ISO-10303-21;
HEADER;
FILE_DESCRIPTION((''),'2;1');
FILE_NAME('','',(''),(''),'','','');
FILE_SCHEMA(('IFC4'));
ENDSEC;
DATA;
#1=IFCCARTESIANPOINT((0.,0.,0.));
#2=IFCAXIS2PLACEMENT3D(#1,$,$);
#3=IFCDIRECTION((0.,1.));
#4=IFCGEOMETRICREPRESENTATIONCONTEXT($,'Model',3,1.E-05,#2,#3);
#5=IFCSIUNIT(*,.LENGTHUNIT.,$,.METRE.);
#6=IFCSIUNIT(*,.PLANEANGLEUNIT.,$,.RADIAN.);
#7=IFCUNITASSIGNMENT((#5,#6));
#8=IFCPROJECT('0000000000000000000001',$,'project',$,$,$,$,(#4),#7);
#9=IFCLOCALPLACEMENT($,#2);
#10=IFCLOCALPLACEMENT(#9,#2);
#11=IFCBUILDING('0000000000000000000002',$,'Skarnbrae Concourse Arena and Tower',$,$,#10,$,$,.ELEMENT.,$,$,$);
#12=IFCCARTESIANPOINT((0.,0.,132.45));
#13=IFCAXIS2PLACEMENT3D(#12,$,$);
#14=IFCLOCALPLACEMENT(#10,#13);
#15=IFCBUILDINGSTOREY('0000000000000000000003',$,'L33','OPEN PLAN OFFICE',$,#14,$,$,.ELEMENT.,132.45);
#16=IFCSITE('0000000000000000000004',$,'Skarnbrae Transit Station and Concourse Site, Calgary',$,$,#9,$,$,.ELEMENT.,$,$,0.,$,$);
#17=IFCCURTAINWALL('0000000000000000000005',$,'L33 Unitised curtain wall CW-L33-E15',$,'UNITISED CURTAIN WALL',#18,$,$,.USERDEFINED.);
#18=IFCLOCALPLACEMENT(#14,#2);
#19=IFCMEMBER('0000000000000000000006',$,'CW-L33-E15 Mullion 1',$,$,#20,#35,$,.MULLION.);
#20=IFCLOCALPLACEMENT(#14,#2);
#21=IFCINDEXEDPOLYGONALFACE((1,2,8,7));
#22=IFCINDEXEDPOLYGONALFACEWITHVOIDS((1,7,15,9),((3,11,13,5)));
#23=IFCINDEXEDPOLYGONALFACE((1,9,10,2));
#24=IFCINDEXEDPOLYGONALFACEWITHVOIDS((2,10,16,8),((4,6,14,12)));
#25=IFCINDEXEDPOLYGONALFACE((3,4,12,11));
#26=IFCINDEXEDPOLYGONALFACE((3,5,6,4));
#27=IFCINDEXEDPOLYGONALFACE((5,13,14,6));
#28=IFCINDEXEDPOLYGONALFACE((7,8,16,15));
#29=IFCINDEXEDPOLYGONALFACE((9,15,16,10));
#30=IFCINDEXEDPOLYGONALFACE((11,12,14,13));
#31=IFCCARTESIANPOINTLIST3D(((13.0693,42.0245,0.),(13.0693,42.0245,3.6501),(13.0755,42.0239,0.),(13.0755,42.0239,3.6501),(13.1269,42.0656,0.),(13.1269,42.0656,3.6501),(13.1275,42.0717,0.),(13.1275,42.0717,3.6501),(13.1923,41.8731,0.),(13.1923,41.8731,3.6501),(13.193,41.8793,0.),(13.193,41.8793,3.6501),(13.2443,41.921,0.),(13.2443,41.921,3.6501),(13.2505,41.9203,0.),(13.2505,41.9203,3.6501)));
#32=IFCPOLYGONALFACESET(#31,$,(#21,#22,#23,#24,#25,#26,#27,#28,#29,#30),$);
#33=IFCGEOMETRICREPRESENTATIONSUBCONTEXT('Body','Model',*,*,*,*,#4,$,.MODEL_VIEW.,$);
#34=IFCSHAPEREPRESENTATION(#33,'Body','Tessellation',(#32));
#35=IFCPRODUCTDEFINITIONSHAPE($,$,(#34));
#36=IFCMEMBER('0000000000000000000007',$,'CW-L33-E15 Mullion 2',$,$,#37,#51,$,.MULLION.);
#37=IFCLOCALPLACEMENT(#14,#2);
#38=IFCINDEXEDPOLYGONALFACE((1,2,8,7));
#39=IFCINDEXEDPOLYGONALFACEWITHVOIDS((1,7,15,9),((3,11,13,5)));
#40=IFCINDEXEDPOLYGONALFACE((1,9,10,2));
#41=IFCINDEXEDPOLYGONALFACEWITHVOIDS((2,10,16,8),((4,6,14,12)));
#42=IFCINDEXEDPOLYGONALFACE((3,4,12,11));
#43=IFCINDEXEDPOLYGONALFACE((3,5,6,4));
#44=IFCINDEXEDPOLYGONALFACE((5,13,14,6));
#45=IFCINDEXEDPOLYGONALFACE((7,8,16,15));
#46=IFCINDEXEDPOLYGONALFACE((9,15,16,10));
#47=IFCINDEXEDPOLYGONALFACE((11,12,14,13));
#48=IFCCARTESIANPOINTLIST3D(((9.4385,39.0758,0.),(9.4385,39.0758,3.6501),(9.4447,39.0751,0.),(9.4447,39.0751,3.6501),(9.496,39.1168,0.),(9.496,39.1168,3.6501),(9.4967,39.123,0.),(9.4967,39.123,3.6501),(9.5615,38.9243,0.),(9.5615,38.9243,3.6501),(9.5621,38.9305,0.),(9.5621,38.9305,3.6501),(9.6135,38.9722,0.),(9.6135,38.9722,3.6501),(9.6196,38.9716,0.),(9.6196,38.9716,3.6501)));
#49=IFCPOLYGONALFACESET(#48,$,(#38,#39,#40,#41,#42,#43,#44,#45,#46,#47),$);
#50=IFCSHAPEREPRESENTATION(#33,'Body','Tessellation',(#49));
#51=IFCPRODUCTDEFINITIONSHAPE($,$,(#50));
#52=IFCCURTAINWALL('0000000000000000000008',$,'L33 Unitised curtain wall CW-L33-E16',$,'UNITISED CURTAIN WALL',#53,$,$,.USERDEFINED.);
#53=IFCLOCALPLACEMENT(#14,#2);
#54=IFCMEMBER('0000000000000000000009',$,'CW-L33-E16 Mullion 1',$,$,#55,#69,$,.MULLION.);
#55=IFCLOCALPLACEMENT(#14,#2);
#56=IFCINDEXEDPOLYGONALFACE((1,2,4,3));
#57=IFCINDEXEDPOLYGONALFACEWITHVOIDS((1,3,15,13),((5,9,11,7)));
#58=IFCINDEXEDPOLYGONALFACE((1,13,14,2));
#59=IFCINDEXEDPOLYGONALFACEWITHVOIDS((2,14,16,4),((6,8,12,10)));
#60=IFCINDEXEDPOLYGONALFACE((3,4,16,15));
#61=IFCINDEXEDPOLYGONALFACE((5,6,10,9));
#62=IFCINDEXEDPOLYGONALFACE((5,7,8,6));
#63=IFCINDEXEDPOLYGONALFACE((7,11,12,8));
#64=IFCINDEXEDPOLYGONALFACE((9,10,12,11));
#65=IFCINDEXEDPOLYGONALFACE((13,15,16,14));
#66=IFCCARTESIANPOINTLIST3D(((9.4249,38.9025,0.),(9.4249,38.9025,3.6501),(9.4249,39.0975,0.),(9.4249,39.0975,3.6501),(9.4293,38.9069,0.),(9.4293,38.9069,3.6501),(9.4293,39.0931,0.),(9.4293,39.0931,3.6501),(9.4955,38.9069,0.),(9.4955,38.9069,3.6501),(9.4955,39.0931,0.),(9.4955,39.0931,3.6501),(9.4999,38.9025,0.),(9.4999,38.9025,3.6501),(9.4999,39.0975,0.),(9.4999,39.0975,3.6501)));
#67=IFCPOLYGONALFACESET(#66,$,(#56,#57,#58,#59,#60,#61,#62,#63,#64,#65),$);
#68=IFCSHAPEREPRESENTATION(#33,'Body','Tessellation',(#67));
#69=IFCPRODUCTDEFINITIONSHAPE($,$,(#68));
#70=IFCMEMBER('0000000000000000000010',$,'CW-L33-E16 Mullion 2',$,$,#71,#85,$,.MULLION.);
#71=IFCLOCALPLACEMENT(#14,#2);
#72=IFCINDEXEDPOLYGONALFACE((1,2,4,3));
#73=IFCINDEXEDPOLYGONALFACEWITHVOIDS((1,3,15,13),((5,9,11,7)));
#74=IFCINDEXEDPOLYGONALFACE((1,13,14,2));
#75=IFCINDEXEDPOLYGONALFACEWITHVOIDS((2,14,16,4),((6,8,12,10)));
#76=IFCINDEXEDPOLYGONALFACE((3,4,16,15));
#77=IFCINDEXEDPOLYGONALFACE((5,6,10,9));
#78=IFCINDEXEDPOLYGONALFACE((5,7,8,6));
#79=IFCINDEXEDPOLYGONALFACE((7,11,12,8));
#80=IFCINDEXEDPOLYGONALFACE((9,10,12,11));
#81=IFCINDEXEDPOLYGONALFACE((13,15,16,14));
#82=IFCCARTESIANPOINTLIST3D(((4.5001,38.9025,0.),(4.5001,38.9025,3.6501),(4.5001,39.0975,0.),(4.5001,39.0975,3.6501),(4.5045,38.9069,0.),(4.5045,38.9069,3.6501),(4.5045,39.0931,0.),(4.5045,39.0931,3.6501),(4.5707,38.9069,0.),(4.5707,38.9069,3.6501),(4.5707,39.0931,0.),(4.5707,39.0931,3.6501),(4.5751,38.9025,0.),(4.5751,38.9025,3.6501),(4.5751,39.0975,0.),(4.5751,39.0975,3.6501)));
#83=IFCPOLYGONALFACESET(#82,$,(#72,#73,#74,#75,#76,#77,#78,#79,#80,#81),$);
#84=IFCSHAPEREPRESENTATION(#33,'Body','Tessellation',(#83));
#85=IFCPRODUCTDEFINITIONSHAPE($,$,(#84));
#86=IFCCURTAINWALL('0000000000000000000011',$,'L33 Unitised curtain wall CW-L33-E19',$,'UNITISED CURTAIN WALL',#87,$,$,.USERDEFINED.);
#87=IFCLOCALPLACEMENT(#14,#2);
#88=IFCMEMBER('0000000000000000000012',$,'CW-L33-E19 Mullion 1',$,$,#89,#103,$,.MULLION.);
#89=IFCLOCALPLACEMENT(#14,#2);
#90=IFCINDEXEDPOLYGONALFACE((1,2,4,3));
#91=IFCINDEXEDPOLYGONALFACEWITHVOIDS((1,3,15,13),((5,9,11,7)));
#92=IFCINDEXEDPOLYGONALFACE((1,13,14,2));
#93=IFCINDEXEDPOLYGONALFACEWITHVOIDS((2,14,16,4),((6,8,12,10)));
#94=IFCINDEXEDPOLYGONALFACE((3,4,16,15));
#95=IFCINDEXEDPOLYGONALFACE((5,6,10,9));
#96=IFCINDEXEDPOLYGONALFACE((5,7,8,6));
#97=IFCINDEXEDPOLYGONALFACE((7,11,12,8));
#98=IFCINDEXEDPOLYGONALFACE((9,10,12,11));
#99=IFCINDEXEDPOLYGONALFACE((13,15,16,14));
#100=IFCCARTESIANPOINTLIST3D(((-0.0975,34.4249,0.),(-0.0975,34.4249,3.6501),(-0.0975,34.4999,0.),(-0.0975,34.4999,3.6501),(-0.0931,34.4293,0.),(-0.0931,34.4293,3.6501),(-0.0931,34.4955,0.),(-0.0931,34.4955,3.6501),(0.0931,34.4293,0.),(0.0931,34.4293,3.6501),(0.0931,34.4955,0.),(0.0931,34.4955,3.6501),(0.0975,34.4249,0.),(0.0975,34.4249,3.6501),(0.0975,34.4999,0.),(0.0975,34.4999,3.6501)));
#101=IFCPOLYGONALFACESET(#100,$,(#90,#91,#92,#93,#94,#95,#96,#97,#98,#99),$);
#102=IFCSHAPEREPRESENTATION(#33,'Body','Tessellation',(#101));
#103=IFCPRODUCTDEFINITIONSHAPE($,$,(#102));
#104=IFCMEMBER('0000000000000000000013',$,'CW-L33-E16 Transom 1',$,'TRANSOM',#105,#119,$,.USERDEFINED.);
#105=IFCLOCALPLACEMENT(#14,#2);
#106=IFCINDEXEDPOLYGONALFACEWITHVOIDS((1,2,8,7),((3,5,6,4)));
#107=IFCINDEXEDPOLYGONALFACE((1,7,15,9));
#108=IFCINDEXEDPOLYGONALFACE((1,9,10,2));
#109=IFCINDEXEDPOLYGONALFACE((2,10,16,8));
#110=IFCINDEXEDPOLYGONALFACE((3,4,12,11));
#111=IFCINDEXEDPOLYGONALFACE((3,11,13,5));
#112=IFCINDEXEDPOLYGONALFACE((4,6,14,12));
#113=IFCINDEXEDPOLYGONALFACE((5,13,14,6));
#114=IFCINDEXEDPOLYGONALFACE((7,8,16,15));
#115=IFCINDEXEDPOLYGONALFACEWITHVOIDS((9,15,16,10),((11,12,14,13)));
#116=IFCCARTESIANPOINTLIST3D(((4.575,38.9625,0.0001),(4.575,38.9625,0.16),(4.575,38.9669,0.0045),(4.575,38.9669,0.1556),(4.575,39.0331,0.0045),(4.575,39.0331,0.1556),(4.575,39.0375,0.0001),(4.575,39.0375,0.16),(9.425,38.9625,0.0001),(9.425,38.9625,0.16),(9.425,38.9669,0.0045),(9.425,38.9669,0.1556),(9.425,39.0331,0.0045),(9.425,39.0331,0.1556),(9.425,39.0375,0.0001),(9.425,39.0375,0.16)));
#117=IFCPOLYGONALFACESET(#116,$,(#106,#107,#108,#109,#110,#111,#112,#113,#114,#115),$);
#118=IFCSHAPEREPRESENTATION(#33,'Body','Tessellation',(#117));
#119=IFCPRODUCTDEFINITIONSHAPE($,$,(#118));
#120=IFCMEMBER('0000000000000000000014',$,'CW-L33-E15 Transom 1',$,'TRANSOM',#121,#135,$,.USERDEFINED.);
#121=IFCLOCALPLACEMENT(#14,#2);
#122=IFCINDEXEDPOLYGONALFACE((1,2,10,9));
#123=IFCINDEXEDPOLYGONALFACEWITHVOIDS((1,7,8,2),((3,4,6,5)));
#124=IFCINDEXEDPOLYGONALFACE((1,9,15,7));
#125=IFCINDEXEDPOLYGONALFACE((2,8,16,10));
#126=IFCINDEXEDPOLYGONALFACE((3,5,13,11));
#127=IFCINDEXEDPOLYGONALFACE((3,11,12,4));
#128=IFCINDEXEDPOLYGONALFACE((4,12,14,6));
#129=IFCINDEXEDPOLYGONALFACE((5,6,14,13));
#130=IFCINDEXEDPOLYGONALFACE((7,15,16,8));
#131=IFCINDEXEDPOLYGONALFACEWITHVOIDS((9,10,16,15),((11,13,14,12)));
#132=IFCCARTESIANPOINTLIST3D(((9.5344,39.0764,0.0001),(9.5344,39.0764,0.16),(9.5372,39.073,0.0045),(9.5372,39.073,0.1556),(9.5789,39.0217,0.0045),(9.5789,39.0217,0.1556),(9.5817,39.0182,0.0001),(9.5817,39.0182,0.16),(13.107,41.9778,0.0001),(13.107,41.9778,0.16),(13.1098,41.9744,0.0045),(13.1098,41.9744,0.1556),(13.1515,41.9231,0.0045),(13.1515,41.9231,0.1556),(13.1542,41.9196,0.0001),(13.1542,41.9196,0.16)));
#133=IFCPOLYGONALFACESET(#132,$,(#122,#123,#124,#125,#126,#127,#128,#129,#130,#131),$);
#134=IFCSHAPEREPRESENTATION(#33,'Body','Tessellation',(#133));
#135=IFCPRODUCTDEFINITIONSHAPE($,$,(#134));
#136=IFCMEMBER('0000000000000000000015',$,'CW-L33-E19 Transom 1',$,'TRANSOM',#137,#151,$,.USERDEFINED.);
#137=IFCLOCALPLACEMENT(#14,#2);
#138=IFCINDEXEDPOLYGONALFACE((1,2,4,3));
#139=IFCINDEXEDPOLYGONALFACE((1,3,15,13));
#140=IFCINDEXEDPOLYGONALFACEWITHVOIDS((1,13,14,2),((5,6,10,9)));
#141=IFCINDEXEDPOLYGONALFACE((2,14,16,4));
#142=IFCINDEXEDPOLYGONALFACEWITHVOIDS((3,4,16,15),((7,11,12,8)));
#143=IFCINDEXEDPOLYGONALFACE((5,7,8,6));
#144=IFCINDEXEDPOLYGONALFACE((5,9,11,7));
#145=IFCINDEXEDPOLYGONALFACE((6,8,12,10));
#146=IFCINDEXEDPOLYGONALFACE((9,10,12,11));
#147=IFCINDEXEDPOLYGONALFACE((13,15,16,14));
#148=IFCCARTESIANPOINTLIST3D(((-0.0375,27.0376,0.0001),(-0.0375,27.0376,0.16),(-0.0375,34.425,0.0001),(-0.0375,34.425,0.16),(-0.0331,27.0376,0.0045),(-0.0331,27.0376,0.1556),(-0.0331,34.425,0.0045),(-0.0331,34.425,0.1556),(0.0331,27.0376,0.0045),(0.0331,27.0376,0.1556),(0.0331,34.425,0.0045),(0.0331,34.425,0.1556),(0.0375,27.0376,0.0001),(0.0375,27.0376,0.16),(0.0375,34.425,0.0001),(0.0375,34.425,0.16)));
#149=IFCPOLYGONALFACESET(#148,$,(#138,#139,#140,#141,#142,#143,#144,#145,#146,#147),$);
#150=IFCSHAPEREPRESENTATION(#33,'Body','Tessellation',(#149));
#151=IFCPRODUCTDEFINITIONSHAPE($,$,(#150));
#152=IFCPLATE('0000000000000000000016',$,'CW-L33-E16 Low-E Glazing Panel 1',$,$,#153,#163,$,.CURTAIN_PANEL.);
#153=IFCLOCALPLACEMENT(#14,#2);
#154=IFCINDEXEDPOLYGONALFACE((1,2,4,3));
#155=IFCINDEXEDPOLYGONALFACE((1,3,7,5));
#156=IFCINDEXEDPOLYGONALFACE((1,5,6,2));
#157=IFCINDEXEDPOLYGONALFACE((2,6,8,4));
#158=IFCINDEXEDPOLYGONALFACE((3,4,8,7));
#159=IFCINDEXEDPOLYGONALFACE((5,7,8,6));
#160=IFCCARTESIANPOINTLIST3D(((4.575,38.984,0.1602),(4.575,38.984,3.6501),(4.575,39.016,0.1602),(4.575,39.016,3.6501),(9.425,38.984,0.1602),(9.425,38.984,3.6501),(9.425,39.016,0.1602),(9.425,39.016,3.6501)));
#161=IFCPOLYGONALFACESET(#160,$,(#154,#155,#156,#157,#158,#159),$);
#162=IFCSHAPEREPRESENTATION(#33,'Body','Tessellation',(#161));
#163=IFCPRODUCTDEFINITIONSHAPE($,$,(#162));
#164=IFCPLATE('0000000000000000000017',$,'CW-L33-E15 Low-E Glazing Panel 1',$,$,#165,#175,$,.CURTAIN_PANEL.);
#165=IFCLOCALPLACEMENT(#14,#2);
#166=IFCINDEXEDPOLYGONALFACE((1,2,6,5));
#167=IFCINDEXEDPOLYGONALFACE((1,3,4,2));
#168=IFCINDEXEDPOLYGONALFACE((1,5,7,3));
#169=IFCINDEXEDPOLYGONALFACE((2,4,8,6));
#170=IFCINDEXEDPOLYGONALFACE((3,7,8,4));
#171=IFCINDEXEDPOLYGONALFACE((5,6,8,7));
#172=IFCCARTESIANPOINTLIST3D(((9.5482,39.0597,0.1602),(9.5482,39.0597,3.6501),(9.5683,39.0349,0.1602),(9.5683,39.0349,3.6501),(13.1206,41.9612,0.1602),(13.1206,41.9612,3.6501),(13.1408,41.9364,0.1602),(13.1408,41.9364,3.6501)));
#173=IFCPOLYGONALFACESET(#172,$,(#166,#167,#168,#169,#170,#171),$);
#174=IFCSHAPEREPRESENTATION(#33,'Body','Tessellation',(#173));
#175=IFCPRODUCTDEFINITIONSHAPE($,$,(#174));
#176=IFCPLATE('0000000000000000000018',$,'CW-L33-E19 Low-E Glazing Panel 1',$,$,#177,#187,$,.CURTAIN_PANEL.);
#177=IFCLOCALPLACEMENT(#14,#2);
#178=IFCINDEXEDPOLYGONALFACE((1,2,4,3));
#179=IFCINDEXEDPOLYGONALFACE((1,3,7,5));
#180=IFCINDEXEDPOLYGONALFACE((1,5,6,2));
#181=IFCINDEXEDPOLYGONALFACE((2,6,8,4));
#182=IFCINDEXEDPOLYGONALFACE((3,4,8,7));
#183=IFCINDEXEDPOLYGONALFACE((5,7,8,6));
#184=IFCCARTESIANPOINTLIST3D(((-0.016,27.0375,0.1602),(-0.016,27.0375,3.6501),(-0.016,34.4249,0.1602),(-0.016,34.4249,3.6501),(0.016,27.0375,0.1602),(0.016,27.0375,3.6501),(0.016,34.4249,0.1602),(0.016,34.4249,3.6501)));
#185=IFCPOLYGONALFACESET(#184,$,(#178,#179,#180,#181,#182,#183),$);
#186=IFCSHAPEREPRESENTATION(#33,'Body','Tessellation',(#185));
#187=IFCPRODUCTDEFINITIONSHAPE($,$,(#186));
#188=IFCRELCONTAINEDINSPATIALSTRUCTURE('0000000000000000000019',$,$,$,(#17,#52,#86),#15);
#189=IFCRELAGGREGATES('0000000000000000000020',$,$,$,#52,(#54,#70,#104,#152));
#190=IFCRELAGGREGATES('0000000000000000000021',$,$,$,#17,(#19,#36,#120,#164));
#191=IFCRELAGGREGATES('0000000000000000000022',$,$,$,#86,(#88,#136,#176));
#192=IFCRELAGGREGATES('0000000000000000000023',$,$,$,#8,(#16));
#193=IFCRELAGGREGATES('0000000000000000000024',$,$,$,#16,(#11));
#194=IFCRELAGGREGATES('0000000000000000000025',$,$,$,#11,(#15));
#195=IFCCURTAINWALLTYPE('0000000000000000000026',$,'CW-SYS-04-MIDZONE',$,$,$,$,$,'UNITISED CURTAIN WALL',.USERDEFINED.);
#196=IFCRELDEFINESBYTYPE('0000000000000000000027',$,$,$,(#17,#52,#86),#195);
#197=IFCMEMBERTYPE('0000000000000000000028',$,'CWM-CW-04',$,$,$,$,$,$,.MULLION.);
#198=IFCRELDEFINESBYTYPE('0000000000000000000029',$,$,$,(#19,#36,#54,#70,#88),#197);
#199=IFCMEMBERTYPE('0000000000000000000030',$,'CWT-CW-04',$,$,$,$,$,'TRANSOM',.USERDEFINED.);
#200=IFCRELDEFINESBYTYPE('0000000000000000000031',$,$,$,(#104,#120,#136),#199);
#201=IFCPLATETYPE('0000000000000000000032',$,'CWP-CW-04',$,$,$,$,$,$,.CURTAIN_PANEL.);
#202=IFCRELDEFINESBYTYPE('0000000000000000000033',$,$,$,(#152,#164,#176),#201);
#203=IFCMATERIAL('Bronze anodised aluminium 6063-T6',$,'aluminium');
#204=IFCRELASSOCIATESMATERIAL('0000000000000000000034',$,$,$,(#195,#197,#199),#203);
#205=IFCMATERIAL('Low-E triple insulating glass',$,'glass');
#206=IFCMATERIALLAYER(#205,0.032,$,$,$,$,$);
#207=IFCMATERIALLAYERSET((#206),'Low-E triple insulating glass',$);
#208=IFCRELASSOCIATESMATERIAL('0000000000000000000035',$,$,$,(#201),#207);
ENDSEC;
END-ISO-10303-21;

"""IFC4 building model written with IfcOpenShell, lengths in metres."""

from ifc_helpers import new_model, si_unit, direction, frame, origin, origin_2d, place, context, subcontext, project, spatial, rectangle, hollow_rectangle, extrude, source, transform, mapped, material, layer, layer_set, material_profile, profile_set, type_object, element, aggregate, save


model = new_model("IFC4")

# Units and contexts
model_context = context("Model", 3, precision=1e-05, world=origin(), true_north=direction((0.0, 1.0)))
body_context = subcontext(model_context, "Body", "Model", "MODEL_VIEW")
ifc_project = project(units=[si_unit("LENGTHUNIT", "METRE"), si_unit("PLANEANGLEUNIT", "RADIAN")], contexts=[model_context])

# Site, building, storey
site_placement = place(None, origin())
site = spatial("IfcSite", under=ifc_project, at=site_placement, Name="Skarnbrae Transit Station and Concourse Site, Calgary", CompositionType="ELEMENT", RefElevation=0.0)
building_placement = place(site_placement, origin())
building = spatial("IfcBuilding", under=site, at=building_placement, Name="Skarnbrae Concourse Arena and Tower", CompositionType="ELEMENT")
storey_placement = place(building_placement, frame((0.0, 0.0, 132.45)))
storey = spatial("IfcBuildingStorey", under=building, at=storey_placement, Name="L33", Description="OPEN PLAN OFFICE", CompositionType="ELEMENT", Elevation=132.45)

# Shared definitions
ifc_material_1 = material(Name="Bronze anodised aluminium 6063-T6", Category="aluminium")
curtain_wall_type = type_object("IfcCurtainWallType", Name="CW-SYS-04-MIDZONE", ElementType="UNITISED CURTAIN WALL", PredefinedType="USERDEFINED", material=ifc_material_1)
ifc_material_profile_1 = material_profile(ifc_material_1, hollow_rectangle(XDim=0.075, YDim=0.1951, WallThickness=0.0044, at=origin_2d()), Name="ALU-MULL-75X195")
ifc_profile_set_1 = profile_set([ifc_material_profile_1], Name="Bronze anodised aluminium 6063-T6")
member_type_1 = type_object("IfcMemberType", Name="CWM-CW-04", PredefinedType="MULLION", material=ifc_profile_set_1)
shared_shape_1 = source(origin(), body_context, "Body", "SweptSolid", [
    extrude(hollow_rectangle(XDim=0.075, YDim=0.1951, WallThickness=0.0044, at=origin_2d()), origin(), (0.0, 0.0, 1.0), 3.6501),
])

# Curtain walls, members
curtain_wall_1_placement = place(storey_placement, origin())
curtain_wall_1 = element("IfcCurtainWall", 1, at=curtain_wall_1_placement, inside=storey, type_object=curtain_wall_type, Name="L33 Unitised curtain wall CW-L33-E15", ObjectType="UNITISED CURTAIN WALL", PredefinedType="USERDEFINED")
member_1_placement = place(storey_placement, frame((13.1599, 41.9724, 0.0), z_axis=(0.0, 0.0, 1.0), x_axis=(-0.776241, -0.630436, 0.0)))
member_1 = element("IfcMember", 2, at=member_1_placement, type_object=member_type_1, Name="CW-L33-E15 Mullion 1", PredefinedType="MULLION", context=body_context, shape_type="MappedRepresentation", body=[
    mapped(shared_shape_1, transform((0.0, 0.0, 0.0))),
])
member_2_placement = place(storey_placement, frame((9.5291, 39.0237, 0.0), z_axis=(0.0, 0.0, 1.0), x_axis=(-0.776241, -0.630436, 0.0)))
member_2 = element("IfcMember", 3, at=member_2_placement, type_object=member_type_1, Name="CW-L33-E15 Mullion 2", PredefinedType="MULLION", context=body_context, shape_type="MappedRepresentation", body=[
    mapped(shared_shape_1, transform((0.0, 0.0, 0.0))),
])
curtain_wall_2_placement = place(storey_placement, origin())
curtain_wall_2 = element("IfcCurtainWall", 4, at=curtain_wall_2_placement, inside=storey, type_object=curtain_wall_type, Name="L33 Unitised curtain wall CW-L33-E16", ObjectType="UNITISED CURTAIN WALL", PredefinedType="USERDEFINED")
member_3_placement = place(storey_placement, frame((9.4624, 39.0, 0.0), z_axis=(0.0, 0.0, 1.0), x_axis=(-1.0, 0.0, 0.0)))
member_3 = element("IfcMember", 5, at=member_3_placement, type_object=member_type_1, Name="CW-L33-E16 Mullion 1", PredefinedType="MULLION", context=body_context, shape_type="MappedRepresentation", body=[
    mapped(shared_shape_1, transform((0.0, 0.0, 0.0))),
])
member_4_placement = place(storey_placement, frame((4.5376, 39.0, 0.0), z_axis=(0.0, 0.0, 1.0), x_axis=(-1.0, 0.0, 0.0)))
member_4 = element("IfcMember", 6, at=member_4_placement, type_object=member_type_1, Name="CW-L33-E16 Mullion 2", PredefinedType="MULLION", context=body_context, shape_type="MappedRepresentation", body=[
    mapped(shared_shape_1, transform((0.0, 0.0, 0.0))),
])

# Curtain wall, member
curtain_wall_3_placement = place(storey_placement, origin())
curtain_wall_3 = element("IfcCurtainWall", 7, at=curtain_wall_3_placement, inside=storey, type_object=curtain_wall_type, Name="L33 Unitised curtain wall CW-L33-E19", ObjectType="UNITISED CURTAIN WALL", PredefinedType="USERDEFINED")
member_5_placement = place(storey_placement, frame((0.0, 34.4624, 0.0), z_axis=(0.0, 0.0, 1.0), x_axis=(0.0, -1.0, 0.0)))
member_5 = element("IfcMember", 8, at=member_5_placement, type_object=member_type_1, Name="CW-L33-E19 Mullion 1", PredefinedType="MULLION", context=body_context, shape_type="MappedRepresentation", body=[
    mapped(shared_shape_1, transform((0.0, 0.0, 0.0))),
])

# Members
ifc_material_profile_2 = material_profile(ifc_material_1, hollow_rectangle(XDim=0.075, YDim=0.1599, WallThickness=0.0044, at=origin_2d()), Name="ALU-TRAN-75X160")
ifc_profile_set_2 = profile_set([ifc_material_profile_2], Name="Bronze anodised aluminium 6063-T6")
member_type_2 = type_object("IfcMemberType", Name="CWT-CW-04", ElementType="TRANSOM", PredefinedType="USERDEFINED", material=ifc_profile_set_2)
shared_shape_2 = source(origin(), body_context, "Body", "SweptSolid", [
    extrude(hollow_rectangle(XDim=0.075, YDim=0.1599, WallThickness=0.0044, at=origin_2d()), origin(), (0.0, 0.0, 1.0), 4.8501),
])
member_6_placement = place(storey_placement, frame((9.425, 39.0, 0.0801), z_axis=(-1.0, 0.0, 0.0), x_axis=(0.0, -1.0, 0.0)))
member_6 = element("IfcMember", 9, at=member_6_placement, type_object=member_type_2, Name="CW-L33-E16 Transom 1", ObjectType="TRANSOM", PredefinedType="USERDEFINED", context=body_context, shape_type="MappedRepresentation", body=[
    mapped(shared_shape_2, transform((0.0, 0.0, 0.0))),
])
shared_shape_3 = source(origin(), body_context, "Body", "SweptSolid", [
    extrude(hollow_rectangle(XDim=0.075, YDim=0.1599, WallThickness=0.0044, at=origin_2d()), origin(), (0.0, 0.0, 1.0), 4.6023),
])
member_7_placement = place(storey_placement, frame((13.1306, 41.9487, 0.0801), z_axis=(-0.776252, -0.630423, 0.0), x_axis=(0.630423, -0.776252, 0.0)))
member_7 = element("IfcMember", 10, at=member_7_placement, type_object=member_type_2, Name="CW-L33-E15 Transom 1", ObjectType="TRANSOM", PredefinedType="USERDEFINED", context=body_context, shape_type="MappedRepresentation", body=[
    mapped(shared_shape_3, transform((0.0, 0.0, 0.0))),
])
shared_shape_4 = source(origin(), body_context, "Body", "SweptSolid", [
    extrude(hollow_rectangle(XDim=0.075, YDim=0.1599, WallThickness=0.0044, at=origin_2d()), origin(), (0.0, 0.0, 1.0), 7.3875),
])
member_8_placement = place(storey_placement, frame((0.0, 34.425, 0.0801), z_axis=(0.0, -1.0, 0.0), x_axis=(1.0, 0.0, 0.0)))
member_8 = element("IfcMember", 11, at=member_8_placement, type_object=member_type_2, Name="CW-L33-E19 Transom 1", ObjectType="TRANSOM", PredefinedType="USERDEFINED", context=body_context, shape_type="MappedRepresentation", body=[
    mapped(shared_shape_4, transform((0.0, 0.0, 0.0))),
])

# Plates
ifc_material_2 = material(Name="Low-E triple insulating glass", Category="glass")
ifc_layer_1 = layer(ifc_material_2, 0.032)
ifc_layer_set_1 = layer_set([ifc_layer_1], Name="Low-E triple insulating glass")
plate_type = type_object("IfcPlateType", Name="CWP-CW-04", PredefinedType="CURTAIN_PANEL", material=ifc_layer_set_1)
shared_shape_5 = source(origin(), body_context, "Body", "SweptSolid", [
    extrude(rectangle(XDim=4.8501, YDim=0.032, at=origin_2d()), origin(), (0.0, 0.0, 1.0), 3.49),
])
plate_1_placement = place(storey_placement, frame((7.0, 39.0, 0.1602), z_axis=(0.0, 0.0, 1.0), x_axis=(-1.0, 0.0, 0.0)))
plate_1 = element("IfcPlate", 12, at=plate_1_placement, type_object=plate_type, Name="CW-L33-E16 Low-E Glazing Panel 1", PredefinedType="CURTAIN_PANEL", context=body_context, shape_type="MappedRepresentation", body=[
    mapped(shared_shape_5, transform((0.0, 0.0, 0.0))),
])
aggregate(curtain_wall_2, [member_3, member_4, member_6, plate_1])
shared_shape_6 = source(origin(), body_context, "Body", "SweptSolid", [
    extrude(rectangle(XDim=4.6023, YDim=0.032, at=origin_2d()), origin(), (0.0, 0.0, 1.0), 3.49),
])
plate_2_placement = place(storey_placement, frame((11.3445, 40.498, 0.1602), z_axis=(0.0, 0.0, 1.0), x_axis=(-0.776241, -0.630436, 0.0)))
plate_2 = element("IfcPlate", 13, at=plate_2_placement, type_object=plate_type, Name="CW-L33-E15 Low-E Glazing Panel 1", PredefinedType="CURTAIN_PANEL", context=body_context, shape_type="MappedRepresentation", body=[
    mapped(shared_shape_6, transform((0.0, 0.0, 0.0))),
])
aggregate(curtain_wall_1, [member_1, member_2, member_7, plate_2])
shared_shape_7 = source(origin(), body_context, "Body", "SweptSolid", [
    extrude(rectangle(XDim=7.3875, YDim=0.032, at=origin_2d()), origin(), (0.0, 0.0, 1.0), 3.49),
])
plate_3_placement = place(storey_placement, frame((0.0, 30.7312, 0.1602), z_axis=(0.0, 0.0, 1.0), x_axis=(0.0, -1.0, 0.0)))
plate_3 = element("IfcPlate", 14, at=plate_3_placement, type_object=plate_type, Name="CW-L33-E19 Low-E Glazing Panel 1", PredefinedType="CURTAIN_PANEL", context=body_context, shape_type="MappedRepresentation", body=[
    mapped(shared_shape_7, transform((0.0, 0.0, 0.0))),
])
aggregate(curtain_wall_3, [member_5, member_8, plate_3])

save(model, "model.ifc")
